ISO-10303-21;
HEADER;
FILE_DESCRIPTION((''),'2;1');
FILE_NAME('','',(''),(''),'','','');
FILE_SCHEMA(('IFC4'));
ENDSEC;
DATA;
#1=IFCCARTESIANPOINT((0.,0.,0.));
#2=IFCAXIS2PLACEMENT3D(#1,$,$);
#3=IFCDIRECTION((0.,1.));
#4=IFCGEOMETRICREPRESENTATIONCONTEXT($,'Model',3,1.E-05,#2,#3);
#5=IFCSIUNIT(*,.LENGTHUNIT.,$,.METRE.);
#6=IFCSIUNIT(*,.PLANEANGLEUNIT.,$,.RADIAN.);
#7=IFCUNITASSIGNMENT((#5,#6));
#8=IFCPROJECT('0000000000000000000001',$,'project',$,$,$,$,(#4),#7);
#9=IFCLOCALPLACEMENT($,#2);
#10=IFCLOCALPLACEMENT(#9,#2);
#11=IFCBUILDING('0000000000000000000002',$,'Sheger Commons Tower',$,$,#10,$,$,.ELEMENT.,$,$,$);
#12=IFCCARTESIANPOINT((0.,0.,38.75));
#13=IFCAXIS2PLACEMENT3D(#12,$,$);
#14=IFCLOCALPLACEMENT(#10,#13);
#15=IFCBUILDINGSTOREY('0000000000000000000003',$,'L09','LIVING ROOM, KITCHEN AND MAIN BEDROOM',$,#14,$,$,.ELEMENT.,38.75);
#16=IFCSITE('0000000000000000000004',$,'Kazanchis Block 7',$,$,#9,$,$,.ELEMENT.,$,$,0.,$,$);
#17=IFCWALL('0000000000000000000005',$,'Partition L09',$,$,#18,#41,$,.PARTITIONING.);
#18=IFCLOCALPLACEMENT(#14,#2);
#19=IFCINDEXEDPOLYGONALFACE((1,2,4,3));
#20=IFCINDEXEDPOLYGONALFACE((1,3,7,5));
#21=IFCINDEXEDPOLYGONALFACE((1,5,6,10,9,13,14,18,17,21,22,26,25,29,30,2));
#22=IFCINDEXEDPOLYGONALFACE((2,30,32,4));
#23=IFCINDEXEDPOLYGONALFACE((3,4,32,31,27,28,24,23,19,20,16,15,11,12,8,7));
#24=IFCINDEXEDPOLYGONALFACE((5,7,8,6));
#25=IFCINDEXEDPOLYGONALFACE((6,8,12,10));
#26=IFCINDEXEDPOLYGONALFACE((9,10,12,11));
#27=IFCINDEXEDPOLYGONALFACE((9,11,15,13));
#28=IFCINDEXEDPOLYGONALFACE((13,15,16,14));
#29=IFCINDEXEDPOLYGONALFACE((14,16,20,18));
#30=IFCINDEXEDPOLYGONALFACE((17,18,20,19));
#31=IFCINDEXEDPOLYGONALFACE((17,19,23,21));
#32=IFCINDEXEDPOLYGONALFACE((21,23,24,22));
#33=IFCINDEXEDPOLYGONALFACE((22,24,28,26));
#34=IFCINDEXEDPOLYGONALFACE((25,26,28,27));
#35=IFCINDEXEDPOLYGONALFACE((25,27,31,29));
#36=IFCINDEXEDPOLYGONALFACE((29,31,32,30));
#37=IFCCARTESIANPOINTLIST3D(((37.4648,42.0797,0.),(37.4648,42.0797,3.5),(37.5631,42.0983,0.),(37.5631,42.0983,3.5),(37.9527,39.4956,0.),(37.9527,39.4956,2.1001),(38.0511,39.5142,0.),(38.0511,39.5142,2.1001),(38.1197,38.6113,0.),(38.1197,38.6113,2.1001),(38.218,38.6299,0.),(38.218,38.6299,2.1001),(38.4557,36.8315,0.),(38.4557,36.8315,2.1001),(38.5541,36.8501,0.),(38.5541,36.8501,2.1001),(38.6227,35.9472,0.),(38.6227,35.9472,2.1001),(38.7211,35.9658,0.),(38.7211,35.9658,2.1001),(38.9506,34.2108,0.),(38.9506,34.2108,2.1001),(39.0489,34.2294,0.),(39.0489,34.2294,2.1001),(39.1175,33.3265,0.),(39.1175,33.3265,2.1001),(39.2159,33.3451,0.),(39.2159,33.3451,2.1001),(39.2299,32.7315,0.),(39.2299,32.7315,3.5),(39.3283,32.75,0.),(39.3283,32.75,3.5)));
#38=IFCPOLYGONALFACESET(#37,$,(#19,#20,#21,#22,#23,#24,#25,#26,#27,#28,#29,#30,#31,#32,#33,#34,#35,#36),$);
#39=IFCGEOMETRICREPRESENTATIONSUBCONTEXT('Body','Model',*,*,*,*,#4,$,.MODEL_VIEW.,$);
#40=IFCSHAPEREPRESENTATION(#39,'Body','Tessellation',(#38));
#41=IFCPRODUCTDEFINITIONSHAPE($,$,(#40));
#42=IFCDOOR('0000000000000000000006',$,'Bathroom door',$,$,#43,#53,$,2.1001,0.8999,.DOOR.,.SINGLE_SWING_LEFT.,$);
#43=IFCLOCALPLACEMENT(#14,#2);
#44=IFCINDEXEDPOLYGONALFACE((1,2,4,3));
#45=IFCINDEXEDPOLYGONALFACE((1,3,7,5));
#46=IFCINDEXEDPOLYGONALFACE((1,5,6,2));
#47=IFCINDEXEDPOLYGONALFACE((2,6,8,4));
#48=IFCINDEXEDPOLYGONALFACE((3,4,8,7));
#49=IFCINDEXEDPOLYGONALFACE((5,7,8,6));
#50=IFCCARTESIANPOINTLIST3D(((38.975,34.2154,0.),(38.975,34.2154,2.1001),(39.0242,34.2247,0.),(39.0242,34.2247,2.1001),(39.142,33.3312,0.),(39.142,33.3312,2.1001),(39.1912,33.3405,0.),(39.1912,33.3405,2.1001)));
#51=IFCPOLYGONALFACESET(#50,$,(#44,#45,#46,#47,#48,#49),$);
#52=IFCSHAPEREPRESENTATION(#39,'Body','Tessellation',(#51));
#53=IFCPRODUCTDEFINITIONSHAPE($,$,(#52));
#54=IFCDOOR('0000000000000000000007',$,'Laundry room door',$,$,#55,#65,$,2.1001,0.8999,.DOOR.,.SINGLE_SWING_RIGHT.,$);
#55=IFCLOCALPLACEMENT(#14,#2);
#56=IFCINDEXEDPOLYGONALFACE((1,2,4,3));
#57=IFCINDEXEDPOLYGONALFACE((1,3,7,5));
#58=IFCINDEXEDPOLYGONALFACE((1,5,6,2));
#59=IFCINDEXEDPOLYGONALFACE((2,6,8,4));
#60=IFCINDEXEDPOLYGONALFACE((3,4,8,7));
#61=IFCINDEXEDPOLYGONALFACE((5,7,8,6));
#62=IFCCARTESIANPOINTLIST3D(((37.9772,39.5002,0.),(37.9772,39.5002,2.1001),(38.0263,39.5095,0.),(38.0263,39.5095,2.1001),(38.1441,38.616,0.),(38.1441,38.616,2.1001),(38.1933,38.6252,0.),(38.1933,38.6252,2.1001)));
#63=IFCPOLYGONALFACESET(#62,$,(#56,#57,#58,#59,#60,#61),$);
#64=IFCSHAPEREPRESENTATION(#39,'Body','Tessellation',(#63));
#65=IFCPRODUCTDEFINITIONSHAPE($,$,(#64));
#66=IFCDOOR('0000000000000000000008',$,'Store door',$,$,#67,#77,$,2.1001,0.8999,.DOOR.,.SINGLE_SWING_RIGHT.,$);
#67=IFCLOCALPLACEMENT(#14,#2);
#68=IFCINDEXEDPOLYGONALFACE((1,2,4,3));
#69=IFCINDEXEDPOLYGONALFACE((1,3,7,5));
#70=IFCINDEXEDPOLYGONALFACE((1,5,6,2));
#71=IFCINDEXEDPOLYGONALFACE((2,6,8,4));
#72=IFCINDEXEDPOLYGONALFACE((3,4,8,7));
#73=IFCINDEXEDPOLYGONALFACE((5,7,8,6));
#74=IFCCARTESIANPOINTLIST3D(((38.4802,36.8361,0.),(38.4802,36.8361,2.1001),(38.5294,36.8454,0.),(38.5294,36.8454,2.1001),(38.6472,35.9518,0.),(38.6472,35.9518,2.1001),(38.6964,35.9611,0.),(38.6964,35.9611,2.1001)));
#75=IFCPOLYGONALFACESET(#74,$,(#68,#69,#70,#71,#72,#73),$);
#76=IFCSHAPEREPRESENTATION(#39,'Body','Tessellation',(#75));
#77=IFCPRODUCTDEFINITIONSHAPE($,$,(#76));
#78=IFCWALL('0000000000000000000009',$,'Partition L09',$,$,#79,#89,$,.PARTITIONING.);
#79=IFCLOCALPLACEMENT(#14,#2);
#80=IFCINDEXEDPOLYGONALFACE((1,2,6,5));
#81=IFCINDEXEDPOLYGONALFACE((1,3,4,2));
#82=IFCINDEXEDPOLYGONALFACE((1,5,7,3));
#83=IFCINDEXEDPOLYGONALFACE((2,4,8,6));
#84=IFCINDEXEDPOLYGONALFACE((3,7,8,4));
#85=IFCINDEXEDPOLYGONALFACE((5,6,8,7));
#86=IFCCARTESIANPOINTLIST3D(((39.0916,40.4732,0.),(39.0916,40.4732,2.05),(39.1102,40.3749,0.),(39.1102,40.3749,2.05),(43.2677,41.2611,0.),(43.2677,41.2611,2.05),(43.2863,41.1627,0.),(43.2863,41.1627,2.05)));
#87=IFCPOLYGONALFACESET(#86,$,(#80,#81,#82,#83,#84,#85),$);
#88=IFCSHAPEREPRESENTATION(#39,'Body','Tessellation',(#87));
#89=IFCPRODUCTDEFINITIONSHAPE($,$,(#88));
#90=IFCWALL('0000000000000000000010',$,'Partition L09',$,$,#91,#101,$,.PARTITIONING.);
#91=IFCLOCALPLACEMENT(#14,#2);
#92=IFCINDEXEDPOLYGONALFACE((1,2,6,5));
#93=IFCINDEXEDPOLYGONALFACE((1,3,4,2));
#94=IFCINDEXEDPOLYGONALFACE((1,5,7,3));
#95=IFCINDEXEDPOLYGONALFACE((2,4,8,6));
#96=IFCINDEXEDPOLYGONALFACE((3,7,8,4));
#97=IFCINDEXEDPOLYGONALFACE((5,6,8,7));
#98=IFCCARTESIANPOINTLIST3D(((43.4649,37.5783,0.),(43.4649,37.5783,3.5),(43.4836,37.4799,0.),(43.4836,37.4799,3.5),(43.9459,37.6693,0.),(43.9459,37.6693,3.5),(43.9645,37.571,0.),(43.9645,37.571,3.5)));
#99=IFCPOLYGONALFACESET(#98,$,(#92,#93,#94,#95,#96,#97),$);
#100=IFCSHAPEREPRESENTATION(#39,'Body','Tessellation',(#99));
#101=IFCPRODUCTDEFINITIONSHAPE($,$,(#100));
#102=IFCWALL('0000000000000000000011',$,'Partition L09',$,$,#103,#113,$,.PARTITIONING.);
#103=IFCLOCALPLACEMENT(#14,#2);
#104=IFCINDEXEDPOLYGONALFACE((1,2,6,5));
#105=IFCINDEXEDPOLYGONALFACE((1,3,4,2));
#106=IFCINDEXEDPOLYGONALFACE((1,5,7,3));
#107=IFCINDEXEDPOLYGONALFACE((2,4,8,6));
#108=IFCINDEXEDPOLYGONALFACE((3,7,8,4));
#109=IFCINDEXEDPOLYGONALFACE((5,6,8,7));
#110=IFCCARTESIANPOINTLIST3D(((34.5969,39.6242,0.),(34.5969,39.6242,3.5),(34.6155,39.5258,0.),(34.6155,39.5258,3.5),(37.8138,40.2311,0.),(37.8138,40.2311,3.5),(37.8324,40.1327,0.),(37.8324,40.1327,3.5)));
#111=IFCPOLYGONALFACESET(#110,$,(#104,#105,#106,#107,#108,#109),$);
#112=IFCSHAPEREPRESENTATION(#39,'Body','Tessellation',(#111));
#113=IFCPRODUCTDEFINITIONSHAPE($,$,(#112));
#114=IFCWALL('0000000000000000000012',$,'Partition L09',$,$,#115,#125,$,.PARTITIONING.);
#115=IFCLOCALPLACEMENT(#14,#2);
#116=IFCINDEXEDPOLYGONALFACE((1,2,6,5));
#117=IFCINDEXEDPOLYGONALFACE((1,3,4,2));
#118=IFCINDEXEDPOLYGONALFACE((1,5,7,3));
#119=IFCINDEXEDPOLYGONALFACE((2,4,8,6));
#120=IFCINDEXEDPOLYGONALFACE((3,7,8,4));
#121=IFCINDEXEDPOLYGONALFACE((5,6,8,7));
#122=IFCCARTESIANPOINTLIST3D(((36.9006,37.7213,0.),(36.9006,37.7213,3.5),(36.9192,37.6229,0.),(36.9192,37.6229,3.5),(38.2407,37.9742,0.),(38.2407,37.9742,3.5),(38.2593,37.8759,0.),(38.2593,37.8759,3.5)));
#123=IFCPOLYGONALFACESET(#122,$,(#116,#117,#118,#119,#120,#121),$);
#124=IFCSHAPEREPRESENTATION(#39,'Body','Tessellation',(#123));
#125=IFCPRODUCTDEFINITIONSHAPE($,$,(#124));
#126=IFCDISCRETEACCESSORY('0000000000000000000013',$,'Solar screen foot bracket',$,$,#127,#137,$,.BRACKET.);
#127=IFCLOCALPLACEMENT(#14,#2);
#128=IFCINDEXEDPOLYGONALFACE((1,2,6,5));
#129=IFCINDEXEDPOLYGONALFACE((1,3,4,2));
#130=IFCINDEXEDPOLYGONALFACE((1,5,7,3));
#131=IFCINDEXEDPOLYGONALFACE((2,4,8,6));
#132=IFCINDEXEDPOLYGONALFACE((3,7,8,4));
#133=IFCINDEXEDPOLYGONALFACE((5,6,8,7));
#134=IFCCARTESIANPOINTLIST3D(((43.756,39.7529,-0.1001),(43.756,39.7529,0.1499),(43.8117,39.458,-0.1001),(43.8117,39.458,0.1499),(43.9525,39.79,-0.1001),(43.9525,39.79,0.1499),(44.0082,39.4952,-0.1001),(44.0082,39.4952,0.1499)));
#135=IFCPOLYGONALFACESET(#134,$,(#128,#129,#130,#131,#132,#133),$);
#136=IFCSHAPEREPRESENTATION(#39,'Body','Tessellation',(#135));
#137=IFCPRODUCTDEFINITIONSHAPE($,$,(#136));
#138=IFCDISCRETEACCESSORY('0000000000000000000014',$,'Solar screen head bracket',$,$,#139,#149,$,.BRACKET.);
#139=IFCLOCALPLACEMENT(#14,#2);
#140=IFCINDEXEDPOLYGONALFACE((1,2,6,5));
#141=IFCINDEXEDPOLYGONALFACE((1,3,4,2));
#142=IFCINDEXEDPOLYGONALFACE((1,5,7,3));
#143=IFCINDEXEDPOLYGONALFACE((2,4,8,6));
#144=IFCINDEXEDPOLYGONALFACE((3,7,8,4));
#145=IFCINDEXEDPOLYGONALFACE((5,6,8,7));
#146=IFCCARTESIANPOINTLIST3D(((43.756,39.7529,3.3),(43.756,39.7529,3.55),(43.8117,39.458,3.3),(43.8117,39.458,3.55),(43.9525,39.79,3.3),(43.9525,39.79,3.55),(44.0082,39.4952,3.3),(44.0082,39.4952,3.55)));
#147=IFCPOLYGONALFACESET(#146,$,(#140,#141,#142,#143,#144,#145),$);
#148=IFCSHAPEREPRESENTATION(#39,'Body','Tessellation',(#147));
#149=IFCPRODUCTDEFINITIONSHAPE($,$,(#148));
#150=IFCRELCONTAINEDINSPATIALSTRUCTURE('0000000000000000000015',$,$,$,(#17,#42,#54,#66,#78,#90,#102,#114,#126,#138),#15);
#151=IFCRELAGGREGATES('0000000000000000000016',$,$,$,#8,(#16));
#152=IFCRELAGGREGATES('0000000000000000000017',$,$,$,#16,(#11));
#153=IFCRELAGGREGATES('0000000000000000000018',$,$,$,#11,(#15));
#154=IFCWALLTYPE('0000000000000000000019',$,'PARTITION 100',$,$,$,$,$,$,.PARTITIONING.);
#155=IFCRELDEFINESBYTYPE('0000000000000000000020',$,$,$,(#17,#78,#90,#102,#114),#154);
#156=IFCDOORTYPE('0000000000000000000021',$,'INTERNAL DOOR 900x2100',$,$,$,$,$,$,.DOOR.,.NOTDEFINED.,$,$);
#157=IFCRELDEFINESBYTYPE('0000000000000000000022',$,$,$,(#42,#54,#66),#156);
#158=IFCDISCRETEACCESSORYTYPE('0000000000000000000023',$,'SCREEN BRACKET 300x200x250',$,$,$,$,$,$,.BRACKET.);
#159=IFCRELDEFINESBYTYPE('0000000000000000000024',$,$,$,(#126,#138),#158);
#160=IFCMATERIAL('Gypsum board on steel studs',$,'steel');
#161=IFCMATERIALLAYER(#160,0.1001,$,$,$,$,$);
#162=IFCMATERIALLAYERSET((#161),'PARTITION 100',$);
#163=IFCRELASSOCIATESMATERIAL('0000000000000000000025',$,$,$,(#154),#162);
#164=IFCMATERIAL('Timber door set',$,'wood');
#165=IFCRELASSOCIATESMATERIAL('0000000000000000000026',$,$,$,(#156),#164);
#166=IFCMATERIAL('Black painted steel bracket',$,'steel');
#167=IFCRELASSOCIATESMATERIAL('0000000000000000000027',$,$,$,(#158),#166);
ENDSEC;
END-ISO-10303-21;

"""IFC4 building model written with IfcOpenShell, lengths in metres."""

from ifc_helpers import new_model, si_unit, direction, frame, frame_2d, origin, origin_2d, place, context, subcontext, project, spatial, rectangle, extrude, material, layer, layer_set, type_object, element, fill, save


model = new_model("IFC4")

# Units and contexts
model_context = context("Model", 3, precision=1e-05, world=origin(), true_north=direction((0.0, 1.0)))
body_context = subcontext(model_context, "Body", "Model", "MODEL_VIEW")
ifc_project = project(units=[si_unit("LENGTHUNIT", "METRE"), si_unit("PLANEANGLEUNIT", "RADIAN")], contexts=[model_context])

# Site, building, storey
site_placement = place(None, origin())
site = spatial("IfcSite", under=ifc_project, at=site_placement, Name="Kazanchis Block 7", CompositionType="ELEMENT", RefElevation=0.0)
building_placement = place(site_placement, origin())
building = spatial("IfcBuilding", under=site, at=building_placement, Name="Sheger Commons Tower", CompositionType="ELEMENT")
storey_placement = place(building_placement, frame((0.0, 0.0, 38.75)))
storey = spatial("IfcBuildingStorey", under=building, at=storey_placement, Name="L09", Description="LIVING ROOM, KITCHEN AND MAIN BEDROOM", CompositionType="ELEMENT", Elevation=38.75)

# Shared definitions
ifc_material_1 = material(Name="Gypsum board on steel studs", Category="steel")
ifc_layer_1 = layer(ifc_material_1, 0.1001)
ifc_layer_set_1 = layer_set([ifc_layer_1], Name="PARTITION 100")
wall_type = type_object("IfcWallType", Name="PARTITION 100", PredefinedType="PARTITIONING", material=ifc_layer_set_1)

# Shared definitions
ifc_material_2 = material(Name="Timber door set", Category="wood")
door_type = type_object("IfcDoorType", Name="INTERNAL DOOR 900x2100", OperationType="NOTDEFINED", PredefinedType="DOOR", material=ifc_material_2)

# Wall, openings, doors
wall_1_placement = place(storey_placement, frame((37.5139, 42.0891, 0.0), z_axis=(0.0, 0.0, 1.0), x_axis=(0.185543, -0.982636, 0.0)))
wall_1 = element("IfcWall", 1, at=wall_1_placement, inside=storey, type_object=wall_type, Name="Partition L09", PredefinedType="PARTITIONING", context=body_context, shape_type="SweptSolid", body=[
    extrude(rectangle(XDim=9.5134, YDim=0.1001, at=frame_2d((4.7568, 0.0))), origin(), (0.0, 0.0, 1.0), 3.5),
])
opening_1_placement = place(wall_1_placement, frame((8.0081, 0.0, 0.0)))
opening_1 = element("IfcOpeningElement", 2, at=opening_1_placement, cuts=wall_1, PredefinedType="OPENING", context=body_context, shape_type="SweptSolid", body=[
    extrude(rectangle(XDim=0.8999, YDim=2.1001, at=frame_2d((0.45, 1.05))), frame((0.0, 0.0601, 0.0), z_axis=(0.0, -1.0, 0.0), x_axis=(1.0, 0.0, 0.0)), (0.0, 0.0, 1.0), 0.1201),
])
opening_2_placement = place(wall_1_placement, frame((2.6299, 0.0, 0.0)))
opening_2 = element("IfcOpeningElement", 3, at=opening_2_placement, cuts=wall_1, PredefinedType="OPENING", context=body_context, shape_type="SweptSolid", body=[
    extrude(rectangle(XDim=0.8999, YDim=2.1001, at=frame_2d((0.45, 1.05))), frame((0.0, 0.0601, 0.0), z_axis=(0.0, -1.0, 0.0), x_axis=(1.0, 0.0, 0.0)), (0.0, 0.0, 1.0), 0.1201),
])
opening_3_placement = place(wall_1_placement, frame((5.3411, 0.0, 0.0)))
opening_3 = element("IfcOpeningElement", 4, at=opening_3_placement, cuts=wall_1, PredefinedType="OPENING", context=body_context, shape_type="SweptSolid", body=[
    extrude(rectangle(XDim=0.8999, YDim=2.1001, at=frame_2d((0.45, 1.05))), frame((0.0, 0.0601, 0.0), z_axis=(0.0, -1.0, 0.0), x_axis=(1.0, 0.0, 0.0)), (0.0, 0.0, 1.0), 0.1201),
])
door_1_placement = place(opening_1_placement, origin())
door_1 = element("IfcDoor", 5, at=door_1_placement, inside=storey, type_object=door_type, Name="Bathroom door", OperationType="SINGLE_SWING_LEFT", OverallHeight=2.1001, OverallWidth=0.8999, PredefinedType="DOOR", context=body_context, shape_type="SweptSolid", body=[
    extrude(rectangle(XDim=0.8999, YDim=2.1001, at=frame_2d((0.45, 1.05))), frame((0.0, 0.0249, 0.0), z_axis=(0.0, -1.0, 0.0), x_axis=(1.0, 0.0, 0.0)), (0.0, 0.0, 1.0), 0.05),
])
fill(opening_1, door_1)
door_2_placement = place(opening_2_placement, origin())
door_2 = element("IfcDoor", 6, at=door_2_placement, inside=storey, type_object=door_type, Name="Laundry room door", OperationType="SINGLE_SWING_RIGHT", OverallHeight=2.1001, OverallWidth=0.8999, PredefinedType="DOOR", context=body_context, shape_type="SweptSolid", body=[
    extrude(rectangle(XDim=0.8999, YDim=2.1001, at=frame_2d((0.45, 1.05))), frame((0.0, 0.0249, 0.0), z_axis=(0.0, -1.0, 0.0), x_axis=(1.0, 0.0, 0.0)), (0.0, 0.0, 1.0), 0.05),
])
fill(opening_2, door_2)
door_3_placement = place(opening_3_placement, origin())
door_3 = element("IfcDoor", 7, at=door_3_placement, inside=storey, type_object=door_type, Name="Store door", OperationType="SINGLE_SWING_RIGHT", OverallHeight=2.1001, OverallWidth=0.8999, PredefinedType="DOOR", context=body_context, shape_type="SweptSolid", body=[
    extrude(rectangle(XDim=0.8999, YDim=2.1001, at=frame_2d((0.45, 1.05))), frame((0.0, 0.0249, 0.0), z_axis=(0.0, -1.0, 0.0), x_axis=(1.0, 0.0, 0.0)), (0.0, 0.0, 1.0), 0.05),
])
fill(opening_3, door_3)

# Walls
wall_2_placement = place(storey_placement, frame((43.2771, 41.2119, 0.0), z_axis=(0.0, 0.0, 1.0), x_axis=(-0.982665, -0.185388, 0.0)))
element("IfcWall", 8, at=wall_2_placement, inside=storey, type_object=wall_type, Name="Partition L09", PredefinedType="PARTITIONING", context=body_context, shape_type="SweptSolid", body=[
    extrude(rectangle(XDim=4.2498, YDim=0.1001, at=frame_2d((2.125, 0.0))), origin(), (0.0, 0.0, 1.0), 2.05),
])
wall_3_placement = place(storey_placement, frame((43.9551, 37.6201, 0.0), z_axis=(0.0, 0.0, 1.0), x_axis=(-0.982543, -0.186035, 0.0)))
element("IfcWall", 9, at=wall_3_placement, inside=storey, type_object=wall_type, Name="Partition L09", PredefinedType="PARTITIONING", context=body_context, shape_type="SweptSolid", body=[
    extrude(rectangle(XDim=0.4895, YDim=0.1001, at=frame_2d((0.2446, 0.0))), origin(), (0.0, 0.0, 1.0), 3.5),
])
wall_4_placement = place(storey_placement, frame((37.823, 40.1819, 0.0), z_axis=(0.0, 0.0, 1.0), x_axis=(-0.982665, -0.185392, 0.0)))
element("IfcWall", 10, at=wall_4_placement, inside=storey, type_object=wall_type, Name="Partition L09", PredefinedType="PARTITIONING", context=body_context, shape_type="SweptSolid", body=[
    extrude(rectangle(XDim=3.2737, YDim=0.1001, at=frame_2d((1.6367, 0.0))), origin(), (0.0, 0.0, 1.0), 3.5),
])
wall_5_placement = place(storey_placement, frame((38.25, 37.925, 0.0), z_axis=(0.0, 0.0, 1.0), x_axis=(-0.982651, -0.185467, 0.0)))
element("IfcWall", 11, at=wall_5_placement, inside=storey, type_object=wall_type, Name="Partition L09", PredefinedType="PARTITIONING", context=body_context, shape_type="SweptSolid", body=[
    extrude(rectangle(XDim=1.3638, YDim=0.1001, at=frame_2d((0.6819, 0.0))), origin(), (0.0, 0.0, 1.0), 3.5),
])

# Discrete accessories
ifc_material_3 = material(Name="Black painted steel bracket", Category="steel")
discrete_accessory_type = type_object("IfcDiscreteAccessoryType", Name="SCREEN BRACKET 300x200x250", PredefinedType="BRACKET", material=ifc_material_3)
for number, where, z_axis, x_axis, name in (
    (12, (43.8821, 39.624, -0.1001), (0.0, 0.0, 1.0), (-0.185615, 0.982623, 0.0), "Solar screen foot bracket"),
    (13, (43.8821, 39.624, 3.3), (0.0, 0.0, 1.0), (-0.185615, 0.982623, 0.0), "Solar screen head bracket"),
):
    element("IfcDiscreteAccessory", number, at=place(storey_placement, frame(where, z_axis=z_axis, x_axis=x_axis)), inside=storey, type_object=discrete_accessory_type, Name=name, PredefinedType="BRACKET", context=body_context, shape_type="SweptSolid", body=[
        extrude(rectangle(XDim=0.3, YDim=0.2, at=origin_2d()), origin(), (0.0, 0.0, 1.0), 0.25),
    ])

save(model, "model.ifc")
